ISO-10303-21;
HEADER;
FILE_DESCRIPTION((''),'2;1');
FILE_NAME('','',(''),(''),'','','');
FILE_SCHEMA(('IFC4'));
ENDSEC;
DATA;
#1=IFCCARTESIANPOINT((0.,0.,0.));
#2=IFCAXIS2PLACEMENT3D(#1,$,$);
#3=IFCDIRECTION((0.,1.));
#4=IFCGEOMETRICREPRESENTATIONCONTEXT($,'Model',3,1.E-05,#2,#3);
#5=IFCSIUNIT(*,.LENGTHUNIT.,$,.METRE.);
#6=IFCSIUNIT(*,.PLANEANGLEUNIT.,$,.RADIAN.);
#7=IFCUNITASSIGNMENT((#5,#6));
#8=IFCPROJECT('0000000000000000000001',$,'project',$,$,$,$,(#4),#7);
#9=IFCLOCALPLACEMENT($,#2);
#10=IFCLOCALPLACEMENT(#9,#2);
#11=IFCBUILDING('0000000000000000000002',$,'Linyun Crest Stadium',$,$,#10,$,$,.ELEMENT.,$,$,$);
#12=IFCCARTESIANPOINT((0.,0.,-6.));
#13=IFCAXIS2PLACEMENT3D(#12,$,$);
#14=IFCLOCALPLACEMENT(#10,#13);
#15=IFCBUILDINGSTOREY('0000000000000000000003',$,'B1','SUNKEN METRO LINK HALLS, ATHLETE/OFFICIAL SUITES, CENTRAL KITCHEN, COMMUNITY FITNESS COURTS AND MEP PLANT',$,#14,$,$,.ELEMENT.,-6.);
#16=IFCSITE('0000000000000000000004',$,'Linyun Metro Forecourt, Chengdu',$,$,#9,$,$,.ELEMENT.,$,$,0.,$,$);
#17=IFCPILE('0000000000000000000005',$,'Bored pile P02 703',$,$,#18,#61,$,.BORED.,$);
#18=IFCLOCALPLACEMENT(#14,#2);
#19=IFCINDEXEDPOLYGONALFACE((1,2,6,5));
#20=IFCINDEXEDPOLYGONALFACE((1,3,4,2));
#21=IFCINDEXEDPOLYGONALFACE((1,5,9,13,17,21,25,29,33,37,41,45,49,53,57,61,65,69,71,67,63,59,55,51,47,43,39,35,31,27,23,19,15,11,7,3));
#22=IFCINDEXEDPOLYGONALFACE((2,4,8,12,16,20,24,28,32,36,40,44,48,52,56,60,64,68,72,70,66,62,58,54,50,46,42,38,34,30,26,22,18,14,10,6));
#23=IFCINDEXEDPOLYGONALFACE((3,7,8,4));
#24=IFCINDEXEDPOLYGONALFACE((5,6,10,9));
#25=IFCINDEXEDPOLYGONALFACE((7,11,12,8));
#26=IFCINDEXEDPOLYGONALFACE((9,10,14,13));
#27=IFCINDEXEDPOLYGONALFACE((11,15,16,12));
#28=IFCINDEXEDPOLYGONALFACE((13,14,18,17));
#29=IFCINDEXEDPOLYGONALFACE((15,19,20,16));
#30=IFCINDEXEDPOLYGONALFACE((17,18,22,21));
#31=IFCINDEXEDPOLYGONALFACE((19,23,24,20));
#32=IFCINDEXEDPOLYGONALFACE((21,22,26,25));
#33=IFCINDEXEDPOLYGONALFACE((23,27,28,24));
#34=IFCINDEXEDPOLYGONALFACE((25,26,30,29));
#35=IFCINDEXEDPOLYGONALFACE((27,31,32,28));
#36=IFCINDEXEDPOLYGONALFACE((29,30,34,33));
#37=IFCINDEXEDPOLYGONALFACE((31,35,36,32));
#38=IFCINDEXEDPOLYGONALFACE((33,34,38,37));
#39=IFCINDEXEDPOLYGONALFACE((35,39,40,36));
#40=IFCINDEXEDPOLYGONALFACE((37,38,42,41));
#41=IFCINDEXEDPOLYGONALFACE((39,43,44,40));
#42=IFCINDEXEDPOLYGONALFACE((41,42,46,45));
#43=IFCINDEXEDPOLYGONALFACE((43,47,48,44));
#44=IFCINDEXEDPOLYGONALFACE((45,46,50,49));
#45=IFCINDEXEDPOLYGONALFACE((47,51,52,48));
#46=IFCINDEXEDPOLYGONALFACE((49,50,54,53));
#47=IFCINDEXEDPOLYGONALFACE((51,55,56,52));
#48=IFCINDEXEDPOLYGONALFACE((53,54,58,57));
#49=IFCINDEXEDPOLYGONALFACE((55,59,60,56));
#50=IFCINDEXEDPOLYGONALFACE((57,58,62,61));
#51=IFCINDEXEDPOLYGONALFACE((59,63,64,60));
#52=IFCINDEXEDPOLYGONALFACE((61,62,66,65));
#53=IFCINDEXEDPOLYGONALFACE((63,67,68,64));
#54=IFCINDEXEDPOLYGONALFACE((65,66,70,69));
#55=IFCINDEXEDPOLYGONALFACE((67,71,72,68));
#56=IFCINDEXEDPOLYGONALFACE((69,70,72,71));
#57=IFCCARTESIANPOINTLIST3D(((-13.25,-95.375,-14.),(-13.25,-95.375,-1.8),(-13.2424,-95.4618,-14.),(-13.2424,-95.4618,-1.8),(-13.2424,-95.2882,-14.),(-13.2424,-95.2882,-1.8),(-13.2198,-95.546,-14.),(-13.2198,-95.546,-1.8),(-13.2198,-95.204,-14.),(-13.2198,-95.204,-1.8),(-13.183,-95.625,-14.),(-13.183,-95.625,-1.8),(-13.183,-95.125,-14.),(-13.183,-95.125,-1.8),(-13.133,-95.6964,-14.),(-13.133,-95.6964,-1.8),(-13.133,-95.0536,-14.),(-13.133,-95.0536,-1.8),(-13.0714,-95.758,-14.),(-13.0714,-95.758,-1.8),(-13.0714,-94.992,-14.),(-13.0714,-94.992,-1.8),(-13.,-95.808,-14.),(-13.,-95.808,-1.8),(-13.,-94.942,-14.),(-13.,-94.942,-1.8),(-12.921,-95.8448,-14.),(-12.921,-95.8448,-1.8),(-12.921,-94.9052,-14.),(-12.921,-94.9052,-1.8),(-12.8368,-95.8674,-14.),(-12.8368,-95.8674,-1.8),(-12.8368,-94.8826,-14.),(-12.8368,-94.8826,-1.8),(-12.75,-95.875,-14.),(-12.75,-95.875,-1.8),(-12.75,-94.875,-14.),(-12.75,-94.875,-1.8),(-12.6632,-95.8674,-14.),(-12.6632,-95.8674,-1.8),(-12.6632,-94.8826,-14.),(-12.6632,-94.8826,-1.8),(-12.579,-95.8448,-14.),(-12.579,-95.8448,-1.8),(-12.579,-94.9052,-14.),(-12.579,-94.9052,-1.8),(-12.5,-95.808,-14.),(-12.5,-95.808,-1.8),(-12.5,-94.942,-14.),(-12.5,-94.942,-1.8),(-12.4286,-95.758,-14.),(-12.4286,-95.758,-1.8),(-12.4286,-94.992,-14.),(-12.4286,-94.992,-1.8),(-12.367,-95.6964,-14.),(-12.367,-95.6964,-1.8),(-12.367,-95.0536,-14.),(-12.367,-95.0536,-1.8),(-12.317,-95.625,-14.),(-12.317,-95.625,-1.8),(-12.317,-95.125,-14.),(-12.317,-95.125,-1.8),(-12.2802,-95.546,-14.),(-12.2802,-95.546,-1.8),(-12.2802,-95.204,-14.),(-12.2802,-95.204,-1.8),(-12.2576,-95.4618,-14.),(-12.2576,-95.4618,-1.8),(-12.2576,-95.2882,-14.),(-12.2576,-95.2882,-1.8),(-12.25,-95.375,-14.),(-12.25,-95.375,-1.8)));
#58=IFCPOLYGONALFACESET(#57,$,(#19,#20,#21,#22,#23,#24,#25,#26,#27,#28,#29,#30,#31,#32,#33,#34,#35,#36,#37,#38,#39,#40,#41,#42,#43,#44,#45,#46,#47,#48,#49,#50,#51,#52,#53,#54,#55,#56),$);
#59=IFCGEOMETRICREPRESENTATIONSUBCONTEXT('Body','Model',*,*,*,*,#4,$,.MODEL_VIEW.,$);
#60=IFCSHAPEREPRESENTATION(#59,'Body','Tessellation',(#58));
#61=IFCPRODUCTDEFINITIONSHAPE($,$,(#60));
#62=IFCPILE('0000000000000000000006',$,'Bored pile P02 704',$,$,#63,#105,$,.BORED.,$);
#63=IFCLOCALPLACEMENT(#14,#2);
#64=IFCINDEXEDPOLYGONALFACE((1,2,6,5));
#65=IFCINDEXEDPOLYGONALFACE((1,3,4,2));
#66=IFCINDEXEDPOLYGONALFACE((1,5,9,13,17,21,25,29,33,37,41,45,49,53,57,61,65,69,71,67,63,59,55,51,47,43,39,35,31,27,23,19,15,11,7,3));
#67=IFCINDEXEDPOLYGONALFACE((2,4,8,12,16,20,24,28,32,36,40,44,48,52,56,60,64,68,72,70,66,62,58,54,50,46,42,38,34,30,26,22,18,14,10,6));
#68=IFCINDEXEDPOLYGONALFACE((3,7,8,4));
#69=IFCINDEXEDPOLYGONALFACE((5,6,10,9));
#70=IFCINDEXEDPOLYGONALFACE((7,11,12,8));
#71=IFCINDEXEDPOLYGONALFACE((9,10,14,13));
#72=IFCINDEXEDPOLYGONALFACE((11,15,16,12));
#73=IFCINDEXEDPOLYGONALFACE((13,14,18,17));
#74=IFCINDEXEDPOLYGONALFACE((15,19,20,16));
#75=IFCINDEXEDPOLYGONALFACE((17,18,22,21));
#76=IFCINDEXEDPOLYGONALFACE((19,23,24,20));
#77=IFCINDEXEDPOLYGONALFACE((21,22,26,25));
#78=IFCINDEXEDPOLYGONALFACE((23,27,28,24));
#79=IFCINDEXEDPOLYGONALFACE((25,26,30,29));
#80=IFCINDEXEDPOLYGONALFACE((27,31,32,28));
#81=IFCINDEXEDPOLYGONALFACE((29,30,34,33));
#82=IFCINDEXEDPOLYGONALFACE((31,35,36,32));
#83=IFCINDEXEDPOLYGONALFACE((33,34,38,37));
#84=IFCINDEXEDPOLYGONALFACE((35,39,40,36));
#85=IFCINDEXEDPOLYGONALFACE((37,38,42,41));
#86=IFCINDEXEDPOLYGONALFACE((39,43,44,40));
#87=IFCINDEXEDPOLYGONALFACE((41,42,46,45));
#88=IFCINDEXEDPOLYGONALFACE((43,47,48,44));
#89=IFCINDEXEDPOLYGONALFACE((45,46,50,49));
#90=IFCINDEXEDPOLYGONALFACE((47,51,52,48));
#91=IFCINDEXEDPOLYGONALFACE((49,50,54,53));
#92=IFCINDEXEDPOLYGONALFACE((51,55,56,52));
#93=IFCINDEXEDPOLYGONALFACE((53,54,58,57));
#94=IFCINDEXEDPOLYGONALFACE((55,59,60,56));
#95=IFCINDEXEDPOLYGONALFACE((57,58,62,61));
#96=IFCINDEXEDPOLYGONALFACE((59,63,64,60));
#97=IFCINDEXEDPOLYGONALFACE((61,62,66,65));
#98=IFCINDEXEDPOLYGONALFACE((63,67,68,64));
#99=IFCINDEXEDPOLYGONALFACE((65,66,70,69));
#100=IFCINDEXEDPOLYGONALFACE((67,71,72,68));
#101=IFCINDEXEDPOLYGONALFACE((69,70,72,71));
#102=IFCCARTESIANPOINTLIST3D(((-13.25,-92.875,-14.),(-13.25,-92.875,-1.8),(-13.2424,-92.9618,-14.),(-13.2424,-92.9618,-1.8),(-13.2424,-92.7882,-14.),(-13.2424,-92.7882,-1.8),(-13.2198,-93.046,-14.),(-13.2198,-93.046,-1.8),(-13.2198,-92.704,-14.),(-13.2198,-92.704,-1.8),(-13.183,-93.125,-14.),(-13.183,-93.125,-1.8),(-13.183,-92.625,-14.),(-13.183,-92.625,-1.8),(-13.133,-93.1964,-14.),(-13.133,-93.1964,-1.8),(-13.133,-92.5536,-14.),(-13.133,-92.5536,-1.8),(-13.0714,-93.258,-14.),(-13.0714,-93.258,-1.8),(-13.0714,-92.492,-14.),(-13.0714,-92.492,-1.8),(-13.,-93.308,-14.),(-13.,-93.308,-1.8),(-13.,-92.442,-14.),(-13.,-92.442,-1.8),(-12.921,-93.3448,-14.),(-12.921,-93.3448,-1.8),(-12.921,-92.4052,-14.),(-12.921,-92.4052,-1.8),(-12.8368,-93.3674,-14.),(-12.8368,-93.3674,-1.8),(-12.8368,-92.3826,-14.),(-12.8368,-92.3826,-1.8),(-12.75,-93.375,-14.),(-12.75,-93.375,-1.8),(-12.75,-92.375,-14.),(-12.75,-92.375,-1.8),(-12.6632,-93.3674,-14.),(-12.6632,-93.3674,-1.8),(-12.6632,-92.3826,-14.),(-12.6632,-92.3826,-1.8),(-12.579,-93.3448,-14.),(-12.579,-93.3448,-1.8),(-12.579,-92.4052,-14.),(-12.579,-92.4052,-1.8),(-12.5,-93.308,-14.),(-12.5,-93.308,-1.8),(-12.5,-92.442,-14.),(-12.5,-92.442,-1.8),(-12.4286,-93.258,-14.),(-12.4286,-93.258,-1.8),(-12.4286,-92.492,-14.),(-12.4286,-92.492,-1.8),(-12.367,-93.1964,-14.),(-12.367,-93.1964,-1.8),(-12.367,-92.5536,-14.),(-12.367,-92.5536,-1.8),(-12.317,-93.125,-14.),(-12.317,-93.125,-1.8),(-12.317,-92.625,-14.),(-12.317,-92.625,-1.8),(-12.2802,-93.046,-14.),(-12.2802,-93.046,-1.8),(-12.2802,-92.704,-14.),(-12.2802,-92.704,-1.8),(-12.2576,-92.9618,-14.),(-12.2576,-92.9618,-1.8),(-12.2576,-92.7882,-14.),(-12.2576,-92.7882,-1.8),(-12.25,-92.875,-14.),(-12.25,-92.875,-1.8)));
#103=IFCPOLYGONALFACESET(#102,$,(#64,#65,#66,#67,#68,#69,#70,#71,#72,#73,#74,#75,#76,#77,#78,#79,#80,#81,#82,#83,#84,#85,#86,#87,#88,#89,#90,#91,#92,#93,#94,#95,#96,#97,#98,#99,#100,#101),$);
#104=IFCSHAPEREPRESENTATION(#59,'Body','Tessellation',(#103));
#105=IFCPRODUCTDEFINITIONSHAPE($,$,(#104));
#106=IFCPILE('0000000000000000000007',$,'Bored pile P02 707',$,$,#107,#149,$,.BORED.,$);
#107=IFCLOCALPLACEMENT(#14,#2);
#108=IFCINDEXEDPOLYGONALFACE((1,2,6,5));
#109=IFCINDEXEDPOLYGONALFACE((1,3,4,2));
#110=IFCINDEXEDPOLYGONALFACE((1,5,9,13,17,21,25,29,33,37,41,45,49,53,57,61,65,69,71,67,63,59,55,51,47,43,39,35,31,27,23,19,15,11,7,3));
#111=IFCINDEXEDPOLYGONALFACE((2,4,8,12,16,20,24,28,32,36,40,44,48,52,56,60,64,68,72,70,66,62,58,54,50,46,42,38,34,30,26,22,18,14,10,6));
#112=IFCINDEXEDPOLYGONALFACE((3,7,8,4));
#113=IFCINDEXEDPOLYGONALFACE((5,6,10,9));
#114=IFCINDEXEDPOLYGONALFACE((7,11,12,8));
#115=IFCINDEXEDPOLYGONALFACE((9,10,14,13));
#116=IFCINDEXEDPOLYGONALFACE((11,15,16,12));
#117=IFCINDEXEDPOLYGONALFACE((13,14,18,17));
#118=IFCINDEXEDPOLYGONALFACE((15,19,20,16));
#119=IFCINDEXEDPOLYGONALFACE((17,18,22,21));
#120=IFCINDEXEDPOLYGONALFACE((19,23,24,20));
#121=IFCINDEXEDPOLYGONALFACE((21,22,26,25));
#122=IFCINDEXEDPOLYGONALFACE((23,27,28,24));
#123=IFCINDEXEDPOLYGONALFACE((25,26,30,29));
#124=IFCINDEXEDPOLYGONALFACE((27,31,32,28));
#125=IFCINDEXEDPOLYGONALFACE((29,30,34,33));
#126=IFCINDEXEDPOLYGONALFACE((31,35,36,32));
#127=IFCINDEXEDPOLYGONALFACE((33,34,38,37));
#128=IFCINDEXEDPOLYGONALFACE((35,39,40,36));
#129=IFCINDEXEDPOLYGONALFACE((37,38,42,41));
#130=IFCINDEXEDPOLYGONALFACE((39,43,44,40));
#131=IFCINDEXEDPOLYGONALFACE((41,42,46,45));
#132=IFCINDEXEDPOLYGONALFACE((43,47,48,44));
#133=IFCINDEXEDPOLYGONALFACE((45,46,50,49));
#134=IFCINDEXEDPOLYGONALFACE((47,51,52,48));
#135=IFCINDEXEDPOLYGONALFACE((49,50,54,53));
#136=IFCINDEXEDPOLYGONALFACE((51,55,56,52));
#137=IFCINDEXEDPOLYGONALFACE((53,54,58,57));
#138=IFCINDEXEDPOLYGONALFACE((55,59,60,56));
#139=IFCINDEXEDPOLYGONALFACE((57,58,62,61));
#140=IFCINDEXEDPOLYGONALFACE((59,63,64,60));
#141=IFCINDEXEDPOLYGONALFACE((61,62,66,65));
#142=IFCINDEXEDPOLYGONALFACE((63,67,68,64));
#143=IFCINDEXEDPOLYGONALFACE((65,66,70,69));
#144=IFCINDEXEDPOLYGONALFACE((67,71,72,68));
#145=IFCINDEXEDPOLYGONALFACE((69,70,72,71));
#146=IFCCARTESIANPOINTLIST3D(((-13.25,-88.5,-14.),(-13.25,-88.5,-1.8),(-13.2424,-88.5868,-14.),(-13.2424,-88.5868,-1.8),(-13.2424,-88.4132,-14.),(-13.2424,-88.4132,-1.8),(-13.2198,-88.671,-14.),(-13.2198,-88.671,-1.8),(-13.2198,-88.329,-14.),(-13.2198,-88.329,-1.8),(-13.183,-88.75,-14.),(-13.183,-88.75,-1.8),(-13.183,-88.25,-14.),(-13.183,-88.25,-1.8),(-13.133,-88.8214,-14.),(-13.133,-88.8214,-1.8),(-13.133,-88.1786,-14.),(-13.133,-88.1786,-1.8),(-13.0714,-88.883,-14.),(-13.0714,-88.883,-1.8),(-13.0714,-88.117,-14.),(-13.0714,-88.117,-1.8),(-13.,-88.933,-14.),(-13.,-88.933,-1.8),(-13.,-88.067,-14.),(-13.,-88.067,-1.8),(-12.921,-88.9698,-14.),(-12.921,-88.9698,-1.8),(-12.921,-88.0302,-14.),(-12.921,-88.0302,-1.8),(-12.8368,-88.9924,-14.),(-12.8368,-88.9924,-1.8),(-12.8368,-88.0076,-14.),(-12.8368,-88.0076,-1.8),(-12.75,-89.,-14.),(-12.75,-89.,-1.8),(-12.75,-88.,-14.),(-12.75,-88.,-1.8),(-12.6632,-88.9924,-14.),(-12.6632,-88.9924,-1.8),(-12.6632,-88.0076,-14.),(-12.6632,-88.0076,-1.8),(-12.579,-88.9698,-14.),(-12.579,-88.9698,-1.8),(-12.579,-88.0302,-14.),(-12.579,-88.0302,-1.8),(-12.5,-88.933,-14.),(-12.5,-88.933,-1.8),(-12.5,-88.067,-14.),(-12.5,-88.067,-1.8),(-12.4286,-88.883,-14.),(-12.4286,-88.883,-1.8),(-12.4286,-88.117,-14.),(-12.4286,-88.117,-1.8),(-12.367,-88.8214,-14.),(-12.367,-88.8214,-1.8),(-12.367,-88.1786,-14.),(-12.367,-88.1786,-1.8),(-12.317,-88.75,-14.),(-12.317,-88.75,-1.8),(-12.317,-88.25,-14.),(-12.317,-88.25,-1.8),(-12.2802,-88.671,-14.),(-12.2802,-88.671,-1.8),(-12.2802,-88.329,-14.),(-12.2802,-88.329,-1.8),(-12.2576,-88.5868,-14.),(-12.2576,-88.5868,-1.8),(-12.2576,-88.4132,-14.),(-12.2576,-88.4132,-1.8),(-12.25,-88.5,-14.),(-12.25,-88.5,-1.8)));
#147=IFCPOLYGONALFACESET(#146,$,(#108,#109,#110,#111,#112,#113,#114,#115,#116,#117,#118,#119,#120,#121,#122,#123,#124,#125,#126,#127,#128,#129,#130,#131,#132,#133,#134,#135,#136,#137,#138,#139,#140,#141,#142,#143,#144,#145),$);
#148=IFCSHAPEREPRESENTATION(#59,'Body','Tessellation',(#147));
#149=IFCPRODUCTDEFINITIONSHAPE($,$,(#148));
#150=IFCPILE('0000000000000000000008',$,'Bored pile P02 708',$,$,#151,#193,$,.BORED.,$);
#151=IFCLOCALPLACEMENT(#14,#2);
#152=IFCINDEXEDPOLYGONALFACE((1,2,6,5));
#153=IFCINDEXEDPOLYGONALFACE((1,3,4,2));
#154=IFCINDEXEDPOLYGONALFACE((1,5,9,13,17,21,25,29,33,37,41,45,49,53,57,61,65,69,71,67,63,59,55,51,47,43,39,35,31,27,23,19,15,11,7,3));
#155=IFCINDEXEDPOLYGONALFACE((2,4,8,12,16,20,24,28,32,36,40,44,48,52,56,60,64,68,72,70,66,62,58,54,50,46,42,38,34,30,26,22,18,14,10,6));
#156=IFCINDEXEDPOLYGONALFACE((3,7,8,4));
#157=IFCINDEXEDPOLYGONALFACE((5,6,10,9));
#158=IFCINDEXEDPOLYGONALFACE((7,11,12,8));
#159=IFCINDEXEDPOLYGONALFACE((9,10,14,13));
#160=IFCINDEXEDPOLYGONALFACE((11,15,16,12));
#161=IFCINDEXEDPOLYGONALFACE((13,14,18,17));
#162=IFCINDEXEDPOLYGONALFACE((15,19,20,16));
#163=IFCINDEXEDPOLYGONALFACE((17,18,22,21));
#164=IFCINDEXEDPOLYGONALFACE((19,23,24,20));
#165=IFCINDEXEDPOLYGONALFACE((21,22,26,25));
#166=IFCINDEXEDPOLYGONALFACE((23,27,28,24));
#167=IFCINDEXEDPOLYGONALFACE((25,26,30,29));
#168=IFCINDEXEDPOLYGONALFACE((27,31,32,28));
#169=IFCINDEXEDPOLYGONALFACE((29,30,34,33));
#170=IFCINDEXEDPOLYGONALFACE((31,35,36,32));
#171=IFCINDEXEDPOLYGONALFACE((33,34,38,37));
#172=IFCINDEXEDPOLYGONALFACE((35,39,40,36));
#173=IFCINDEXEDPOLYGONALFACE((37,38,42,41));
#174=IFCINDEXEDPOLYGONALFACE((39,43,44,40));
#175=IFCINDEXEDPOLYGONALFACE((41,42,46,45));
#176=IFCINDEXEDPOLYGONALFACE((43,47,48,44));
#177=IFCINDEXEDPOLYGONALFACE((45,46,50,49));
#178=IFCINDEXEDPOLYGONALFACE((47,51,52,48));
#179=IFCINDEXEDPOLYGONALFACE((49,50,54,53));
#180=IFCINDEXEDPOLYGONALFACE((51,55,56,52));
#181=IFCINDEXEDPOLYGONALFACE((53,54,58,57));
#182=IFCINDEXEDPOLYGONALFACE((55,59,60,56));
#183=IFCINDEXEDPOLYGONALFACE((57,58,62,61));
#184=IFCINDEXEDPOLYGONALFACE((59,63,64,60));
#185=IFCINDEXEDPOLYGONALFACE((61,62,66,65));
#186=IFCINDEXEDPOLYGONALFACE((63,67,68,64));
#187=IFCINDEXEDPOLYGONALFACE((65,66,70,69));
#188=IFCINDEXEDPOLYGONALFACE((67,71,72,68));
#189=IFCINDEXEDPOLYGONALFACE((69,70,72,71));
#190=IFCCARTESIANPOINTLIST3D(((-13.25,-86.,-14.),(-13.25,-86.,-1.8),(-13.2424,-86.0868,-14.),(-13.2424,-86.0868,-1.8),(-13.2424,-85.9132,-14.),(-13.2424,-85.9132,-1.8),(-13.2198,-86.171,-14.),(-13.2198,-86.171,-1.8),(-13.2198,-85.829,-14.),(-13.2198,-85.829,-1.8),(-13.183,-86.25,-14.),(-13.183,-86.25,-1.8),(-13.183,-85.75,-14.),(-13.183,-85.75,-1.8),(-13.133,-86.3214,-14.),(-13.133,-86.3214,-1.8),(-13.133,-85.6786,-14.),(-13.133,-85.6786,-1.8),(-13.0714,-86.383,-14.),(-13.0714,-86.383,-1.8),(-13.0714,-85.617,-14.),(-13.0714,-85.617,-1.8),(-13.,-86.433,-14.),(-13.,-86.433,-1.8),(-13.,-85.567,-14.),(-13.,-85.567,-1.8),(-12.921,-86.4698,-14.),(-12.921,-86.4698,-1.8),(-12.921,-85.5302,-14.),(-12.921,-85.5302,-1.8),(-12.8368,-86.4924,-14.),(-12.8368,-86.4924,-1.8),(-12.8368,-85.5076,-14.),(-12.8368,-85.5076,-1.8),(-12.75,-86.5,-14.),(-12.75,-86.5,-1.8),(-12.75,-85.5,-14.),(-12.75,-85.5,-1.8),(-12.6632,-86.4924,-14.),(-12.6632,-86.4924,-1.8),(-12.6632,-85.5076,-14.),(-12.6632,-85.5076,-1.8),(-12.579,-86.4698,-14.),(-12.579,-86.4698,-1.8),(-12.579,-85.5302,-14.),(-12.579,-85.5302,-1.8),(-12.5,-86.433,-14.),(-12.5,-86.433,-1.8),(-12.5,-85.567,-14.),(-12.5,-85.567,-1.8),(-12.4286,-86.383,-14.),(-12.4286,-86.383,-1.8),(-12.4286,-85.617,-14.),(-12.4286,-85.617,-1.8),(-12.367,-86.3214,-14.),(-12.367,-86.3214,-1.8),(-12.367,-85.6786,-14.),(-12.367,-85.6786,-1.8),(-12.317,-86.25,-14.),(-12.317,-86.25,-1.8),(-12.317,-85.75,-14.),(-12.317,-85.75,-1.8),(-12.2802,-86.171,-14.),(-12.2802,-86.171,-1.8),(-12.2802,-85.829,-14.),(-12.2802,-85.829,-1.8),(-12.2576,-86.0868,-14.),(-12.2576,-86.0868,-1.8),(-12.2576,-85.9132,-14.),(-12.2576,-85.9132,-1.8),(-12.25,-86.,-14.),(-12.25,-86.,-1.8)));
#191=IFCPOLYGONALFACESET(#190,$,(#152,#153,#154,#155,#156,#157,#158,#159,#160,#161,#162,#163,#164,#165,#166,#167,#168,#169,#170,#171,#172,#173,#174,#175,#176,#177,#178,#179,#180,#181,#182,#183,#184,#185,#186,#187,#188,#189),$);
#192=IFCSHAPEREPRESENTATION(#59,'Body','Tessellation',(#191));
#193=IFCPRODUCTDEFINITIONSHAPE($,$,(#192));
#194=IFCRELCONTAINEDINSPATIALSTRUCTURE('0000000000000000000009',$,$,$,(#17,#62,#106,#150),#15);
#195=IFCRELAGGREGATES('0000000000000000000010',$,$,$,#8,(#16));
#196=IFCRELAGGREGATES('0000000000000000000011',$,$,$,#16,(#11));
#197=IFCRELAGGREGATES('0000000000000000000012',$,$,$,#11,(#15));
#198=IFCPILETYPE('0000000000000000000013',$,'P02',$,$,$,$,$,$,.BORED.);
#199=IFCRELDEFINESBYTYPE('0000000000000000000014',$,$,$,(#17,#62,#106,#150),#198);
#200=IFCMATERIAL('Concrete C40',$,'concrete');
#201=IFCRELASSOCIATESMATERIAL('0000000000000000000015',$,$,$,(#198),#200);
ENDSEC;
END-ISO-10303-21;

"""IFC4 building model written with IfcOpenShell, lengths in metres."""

from ifc_helpers import new_model, si_unit, direction, frame, origin, origin_2d, place, context, subcontext, project, spatial, circle, extrude, material, material_profile, profile_set, type_object, element, save


model = new_model("IFC4")

# Units and contexts
model_context = context("Model", 3, precision=1e-05, world=origin(), true_north=direction((0.0, 1.0)))
body_context = subcontext(model_context, "Body", "Model", "MODEL_VIEW")
ifc_project = project(units=[si_unit("LENGTHUNIT", "METRE"), si_unit("PLANEANGLEUNIT", "RADIAN")], contexts=[model_context])

# Site, building, storey
site_placement = place(None, origin())
site = spatial("IfcSite", under=ifc_project, at=site_placement, Name="Linyun Metro Forecourt, Chengdu", CompositionType="ELEMENT", RefElevation=0.0)
building_placement = place(site_placement, origin())
building = spatial("IfcBuilding", under=site, at=building_placement, Name="Linyun Crest Stadium", CompositionType="ELEMENT")
storey_placement = place(building_placement, frame((0.0, 0.0, -6.0)))
storey = spatial("IfcBuildingStorey", under=building, at=storey_placement, Name="B1", Description="SUNKEN METRO LINK HALLS, ATHLETE/OFFICIAL SUITES, CENTRAL KITCHEN, COMMUNITY FITNESS COURTS AND MEP PLANT", CompositionType="ELEMENT", Elevation=-6.0)

# Piles
ifc_material_1 = material(Name="Concrete C40", Category="concrete")
ifc_material_profile_1 = material_profile(ifc_material_1, circle(Radius=0.5, at=origin_2d()), Name="BORED PILE 1000")
ifc_profile_set_1 = profile_set([ifc_material_profile_1], Name="Concrete C40")
pile_type = type_object("IfcPileType", Name="P02", PredefinedType="BORED", material=ifc_profile_set_1)
for number, where, z_axis, x_axis, name in (
    (1, (-12.75, -95.375, -1.8), (0.0, 0.0, -1.0), (1.0, 0.0, 0.0), "Bored pile P02 703"),
    (2, (-12.75, -92.875, -1.8), (0.0, 0.0, -1.0), (1.0, 0.0, 0.0), "Bored pile P02 704"),
    (3, (-12.75, -88.5, -1.8), (0.0, 0.0, -1.0), (1.0, 0.0, 0.0), "Bored pile P02 707"),
    (4, (-12.75, -86.0, -1.8), (0.0, 0.0, -1.0), (1.0, 0.0, 0.0), "Bored pile P02 708"),
):
    element("IfcPile", number, at=place(storey_placement, frame(where, z_axis=z_axis, x_axis=x_axis)), inside=storey, type_object=pile_type, Name=name, PredefinedType="BORED", context=body_context, shape_type="SweptSolid", body=[
        extrude(circle(Radius=0.5, at=origin_2d()), origin(), (0.0, 0.0, 1.0), 12.2),
    ])

save(model, "model.ifc")
